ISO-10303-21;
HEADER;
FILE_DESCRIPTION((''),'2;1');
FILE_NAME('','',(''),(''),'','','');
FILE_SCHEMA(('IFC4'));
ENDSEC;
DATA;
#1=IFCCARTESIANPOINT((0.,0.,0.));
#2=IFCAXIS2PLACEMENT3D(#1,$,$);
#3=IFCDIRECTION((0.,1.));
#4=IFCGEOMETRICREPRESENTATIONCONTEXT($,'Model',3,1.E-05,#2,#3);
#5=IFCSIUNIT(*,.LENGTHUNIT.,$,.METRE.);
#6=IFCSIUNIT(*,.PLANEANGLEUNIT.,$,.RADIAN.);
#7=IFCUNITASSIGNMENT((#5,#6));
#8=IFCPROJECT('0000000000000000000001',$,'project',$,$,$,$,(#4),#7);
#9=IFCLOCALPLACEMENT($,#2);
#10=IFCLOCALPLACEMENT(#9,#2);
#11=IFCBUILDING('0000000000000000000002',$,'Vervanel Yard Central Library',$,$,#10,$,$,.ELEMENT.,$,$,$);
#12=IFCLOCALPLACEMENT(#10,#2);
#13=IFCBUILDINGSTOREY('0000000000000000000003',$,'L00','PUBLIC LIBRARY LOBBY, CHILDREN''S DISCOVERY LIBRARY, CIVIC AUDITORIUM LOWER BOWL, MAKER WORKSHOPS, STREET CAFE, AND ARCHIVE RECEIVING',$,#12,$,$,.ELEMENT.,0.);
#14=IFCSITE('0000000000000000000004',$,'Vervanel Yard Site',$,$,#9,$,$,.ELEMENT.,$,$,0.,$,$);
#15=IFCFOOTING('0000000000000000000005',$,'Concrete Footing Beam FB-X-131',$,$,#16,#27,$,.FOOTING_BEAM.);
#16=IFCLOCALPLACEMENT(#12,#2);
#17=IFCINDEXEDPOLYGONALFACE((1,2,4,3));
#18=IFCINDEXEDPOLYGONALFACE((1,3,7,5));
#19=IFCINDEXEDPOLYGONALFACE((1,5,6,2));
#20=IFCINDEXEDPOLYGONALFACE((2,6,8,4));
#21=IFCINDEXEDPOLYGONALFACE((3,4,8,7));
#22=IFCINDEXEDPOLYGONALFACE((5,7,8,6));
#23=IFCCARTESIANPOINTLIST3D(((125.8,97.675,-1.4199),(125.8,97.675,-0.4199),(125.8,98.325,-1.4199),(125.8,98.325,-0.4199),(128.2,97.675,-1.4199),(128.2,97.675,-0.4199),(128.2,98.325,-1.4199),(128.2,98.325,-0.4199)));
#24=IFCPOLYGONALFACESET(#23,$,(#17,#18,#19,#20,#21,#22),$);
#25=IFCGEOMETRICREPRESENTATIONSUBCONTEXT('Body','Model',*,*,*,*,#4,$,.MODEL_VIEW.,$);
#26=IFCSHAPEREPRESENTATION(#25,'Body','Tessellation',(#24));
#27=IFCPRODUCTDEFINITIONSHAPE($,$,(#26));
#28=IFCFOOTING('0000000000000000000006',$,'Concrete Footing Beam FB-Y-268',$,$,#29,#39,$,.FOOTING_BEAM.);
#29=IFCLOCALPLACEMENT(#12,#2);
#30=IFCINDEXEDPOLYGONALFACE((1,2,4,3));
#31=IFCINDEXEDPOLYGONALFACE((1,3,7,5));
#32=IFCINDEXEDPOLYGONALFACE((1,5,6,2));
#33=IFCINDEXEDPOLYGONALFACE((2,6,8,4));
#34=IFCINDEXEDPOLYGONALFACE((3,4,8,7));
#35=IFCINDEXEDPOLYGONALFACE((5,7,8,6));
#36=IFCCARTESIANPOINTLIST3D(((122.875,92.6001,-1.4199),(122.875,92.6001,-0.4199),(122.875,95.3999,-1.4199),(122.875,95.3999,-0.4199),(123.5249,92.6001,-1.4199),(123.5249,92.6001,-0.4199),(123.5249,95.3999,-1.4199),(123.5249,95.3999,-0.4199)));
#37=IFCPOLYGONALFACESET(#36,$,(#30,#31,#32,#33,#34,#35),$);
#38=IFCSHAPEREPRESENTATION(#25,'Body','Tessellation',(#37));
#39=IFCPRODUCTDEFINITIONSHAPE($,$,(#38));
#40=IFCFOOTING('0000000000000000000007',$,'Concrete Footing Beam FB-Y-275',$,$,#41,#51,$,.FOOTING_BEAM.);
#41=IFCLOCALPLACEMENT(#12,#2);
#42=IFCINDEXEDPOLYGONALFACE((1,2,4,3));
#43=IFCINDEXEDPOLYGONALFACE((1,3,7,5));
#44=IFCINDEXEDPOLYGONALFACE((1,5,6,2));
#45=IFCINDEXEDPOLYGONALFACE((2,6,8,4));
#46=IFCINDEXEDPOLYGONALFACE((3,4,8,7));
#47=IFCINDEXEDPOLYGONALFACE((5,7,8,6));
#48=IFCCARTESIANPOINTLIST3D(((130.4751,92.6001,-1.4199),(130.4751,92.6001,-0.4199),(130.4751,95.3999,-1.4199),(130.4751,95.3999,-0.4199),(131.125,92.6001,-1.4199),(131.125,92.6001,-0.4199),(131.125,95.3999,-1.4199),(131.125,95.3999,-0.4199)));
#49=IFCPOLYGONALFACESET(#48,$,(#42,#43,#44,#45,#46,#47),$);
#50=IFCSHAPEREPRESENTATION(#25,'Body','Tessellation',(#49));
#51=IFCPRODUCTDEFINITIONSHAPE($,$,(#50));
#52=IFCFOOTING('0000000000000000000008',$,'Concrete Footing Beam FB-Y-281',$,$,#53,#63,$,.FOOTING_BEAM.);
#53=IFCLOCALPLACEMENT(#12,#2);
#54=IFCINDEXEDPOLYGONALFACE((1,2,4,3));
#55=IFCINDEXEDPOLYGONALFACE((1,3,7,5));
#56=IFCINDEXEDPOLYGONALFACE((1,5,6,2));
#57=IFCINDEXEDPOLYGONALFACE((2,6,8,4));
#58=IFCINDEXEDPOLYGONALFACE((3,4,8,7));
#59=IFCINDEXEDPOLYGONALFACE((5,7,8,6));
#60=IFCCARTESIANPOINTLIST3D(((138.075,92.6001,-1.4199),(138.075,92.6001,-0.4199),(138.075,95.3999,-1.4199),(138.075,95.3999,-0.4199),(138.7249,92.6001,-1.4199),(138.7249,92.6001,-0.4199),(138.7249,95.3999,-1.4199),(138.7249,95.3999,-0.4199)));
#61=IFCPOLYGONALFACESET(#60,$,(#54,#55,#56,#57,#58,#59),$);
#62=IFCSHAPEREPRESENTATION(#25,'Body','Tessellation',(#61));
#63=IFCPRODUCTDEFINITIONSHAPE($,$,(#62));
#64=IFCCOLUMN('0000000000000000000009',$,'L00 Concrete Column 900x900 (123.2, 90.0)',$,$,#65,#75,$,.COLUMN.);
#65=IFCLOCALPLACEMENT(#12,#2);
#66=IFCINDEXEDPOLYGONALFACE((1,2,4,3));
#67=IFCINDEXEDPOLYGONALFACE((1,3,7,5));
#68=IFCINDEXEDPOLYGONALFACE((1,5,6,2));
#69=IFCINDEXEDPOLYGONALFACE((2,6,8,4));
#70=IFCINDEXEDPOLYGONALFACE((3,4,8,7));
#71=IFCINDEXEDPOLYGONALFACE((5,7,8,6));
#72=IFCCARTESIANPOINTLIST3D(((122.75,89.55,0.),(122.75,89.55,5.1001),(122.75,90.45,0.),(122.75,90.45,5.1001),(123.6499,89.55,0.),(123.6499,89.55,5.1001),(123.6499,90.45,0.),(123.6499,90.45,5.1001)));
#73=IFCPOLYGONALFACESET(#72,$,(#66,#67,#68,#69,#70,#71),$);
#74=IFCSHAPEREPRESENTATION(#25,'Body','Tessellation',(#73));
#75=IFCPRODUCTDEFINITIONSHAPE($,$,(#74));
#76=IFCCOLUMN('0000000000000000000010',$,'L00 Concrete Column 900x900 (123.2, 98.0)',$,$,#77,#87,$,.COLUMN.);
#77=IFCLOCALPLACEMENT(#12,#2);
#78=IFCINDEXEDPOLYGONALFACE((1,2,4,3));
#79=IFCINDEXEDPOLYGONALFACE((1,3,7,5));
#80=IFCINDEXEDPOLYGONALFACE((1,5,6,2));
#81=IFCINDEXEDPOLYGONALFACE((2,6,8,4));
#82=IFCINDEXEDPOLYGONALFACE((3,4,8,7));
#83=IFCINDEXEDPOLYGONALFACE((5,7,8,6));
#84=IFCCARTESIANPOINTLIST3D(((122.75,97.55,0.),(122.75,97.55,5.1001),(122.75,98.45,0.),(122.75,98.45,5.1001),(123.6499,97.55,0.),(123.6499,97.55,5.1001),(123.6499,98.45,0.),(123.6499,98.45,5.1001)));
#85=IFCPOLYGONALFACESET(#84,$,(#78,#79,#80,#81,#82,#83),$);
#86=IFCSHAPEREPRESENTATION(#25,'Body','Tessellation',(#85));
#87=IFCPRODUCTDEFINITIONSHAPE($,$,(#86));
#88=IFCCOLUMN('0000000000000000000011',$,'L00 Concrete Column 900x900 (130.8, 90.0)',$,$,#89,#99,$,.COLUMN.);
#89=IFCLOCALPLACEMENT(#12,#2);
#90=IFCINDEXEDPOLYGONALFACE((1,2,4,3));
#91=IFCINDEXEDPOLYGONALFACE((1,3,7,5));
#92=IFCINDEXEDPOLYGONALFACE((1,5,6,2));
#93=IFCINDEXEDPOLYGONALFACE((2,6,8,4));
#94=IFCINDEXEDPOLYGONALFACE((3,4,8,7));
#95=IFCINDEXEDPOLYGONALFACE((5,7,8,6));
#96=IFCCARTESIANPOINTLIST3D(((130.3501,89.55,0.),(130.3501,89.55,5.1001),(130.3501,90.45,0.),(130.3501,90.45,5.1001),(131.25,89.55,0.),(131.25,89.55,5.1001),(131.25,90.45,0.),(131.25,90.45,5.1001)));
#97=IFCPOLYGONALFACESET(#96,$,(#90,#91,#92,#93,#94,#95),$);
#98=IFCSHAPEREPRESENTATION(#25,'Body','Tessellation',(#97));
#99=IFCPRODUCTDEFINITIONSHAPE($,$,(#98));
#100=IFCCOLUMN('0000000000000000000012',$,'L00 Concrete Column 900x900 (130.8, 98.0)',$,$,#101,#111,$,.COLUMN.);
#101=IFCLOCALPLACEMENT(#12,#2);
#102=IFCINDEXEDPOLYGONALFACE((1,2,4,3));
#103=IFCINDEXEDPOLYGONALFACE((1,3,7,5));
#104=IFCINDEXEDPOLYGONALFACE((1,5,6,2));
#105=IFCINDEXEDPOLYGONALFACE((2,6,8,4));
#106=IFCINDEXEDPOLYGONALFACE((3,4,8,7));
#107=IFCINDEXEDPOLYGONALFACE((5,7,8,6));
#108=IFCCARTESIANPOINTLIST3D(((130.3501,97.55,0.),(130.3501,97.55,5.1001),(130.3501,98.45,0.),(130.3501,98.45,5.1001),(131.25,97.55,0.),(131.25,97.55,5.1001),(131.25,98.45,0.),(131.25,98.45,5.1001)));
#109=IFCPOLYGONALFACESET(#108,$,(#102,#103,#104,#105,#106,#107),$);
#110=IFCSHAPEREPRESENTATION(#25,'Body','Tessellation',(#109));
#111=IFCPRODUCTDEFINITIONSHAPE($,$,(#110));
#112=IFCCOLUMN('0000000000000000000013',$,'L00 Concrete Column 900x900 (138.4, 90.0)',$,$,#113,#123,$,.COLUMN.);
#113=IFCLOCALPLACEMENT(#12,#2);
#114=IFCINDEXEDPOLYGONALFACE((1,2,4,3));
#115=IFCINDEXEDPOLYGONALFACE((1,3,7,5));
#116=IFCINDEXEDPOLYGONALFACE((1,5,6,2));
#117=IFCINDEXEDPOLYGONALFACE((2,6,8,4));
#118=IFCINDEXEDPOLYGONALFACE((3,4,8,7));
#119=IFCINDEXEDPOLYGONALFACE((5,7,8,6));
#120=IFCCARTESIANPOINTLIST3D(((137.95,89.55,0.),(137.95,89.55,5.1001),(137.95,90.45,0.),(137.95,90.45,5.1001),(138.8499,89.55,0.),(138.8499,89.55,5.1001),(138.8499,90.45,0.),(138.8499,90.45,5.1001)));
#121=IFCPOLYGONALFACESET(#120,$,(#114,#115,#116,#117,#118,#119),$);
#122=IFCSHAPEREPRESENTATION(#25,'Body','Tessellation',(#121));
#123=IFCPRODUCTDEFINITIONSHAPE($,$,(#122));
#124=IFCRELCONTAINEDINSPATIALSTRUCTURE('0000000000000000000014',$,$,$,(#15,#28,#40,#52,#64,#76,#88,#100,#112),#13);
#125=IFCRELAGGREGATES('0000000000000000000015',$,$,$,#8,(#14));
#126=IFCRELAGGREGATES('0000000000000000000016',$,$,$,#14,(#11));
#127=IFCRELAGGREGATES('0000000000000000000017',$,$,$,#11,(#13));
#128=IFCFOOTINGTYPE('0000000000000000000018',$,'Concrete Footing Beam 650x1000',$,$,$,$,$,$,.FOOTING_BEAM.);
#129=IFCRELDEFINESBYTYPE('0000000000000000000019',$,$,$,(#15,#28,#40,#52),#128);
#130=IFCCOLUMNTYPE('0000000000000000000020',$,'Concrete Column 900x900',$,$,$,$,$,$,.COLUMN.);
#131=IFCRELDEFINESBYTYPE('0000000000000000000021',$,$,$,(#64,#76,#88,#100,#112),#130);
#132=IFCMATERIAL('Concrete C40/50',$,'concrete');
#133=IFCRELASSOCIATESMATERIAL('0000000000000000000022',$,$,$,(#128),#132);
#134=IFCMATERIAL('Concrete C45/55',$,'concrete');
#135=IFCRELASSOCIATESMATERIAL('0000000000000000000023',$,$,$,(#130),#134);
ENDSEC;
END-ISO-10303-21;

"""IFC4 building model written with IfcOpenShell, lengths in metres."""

from ifc_helpers import new_model, si_unit, direction, frame, origin, origin_2d, place, context, subcontext, project, spatial, rectangle, extrude, material, material_profile, profile_set, type_object, element, save


model = new_model("IFC4")

# Units and contexts
model_context = context("Model", 3, precision=1e-05, world=origin(), true_north=direction((0.0, 1.0)))
body_context = subcontext(model_context, "Body", "Model", "MODEL_VIEW")
ifc_project = project(units=[si_unit("LENGTHUNIT", "METRE"), si_unit("PLANEANGLEUNIT", "RADIAN")], contexts=[model_context])

# Site, building, storey
site_placement = place(None, origin())
site = spatial("IfcSite", under=ifc_project, at=site_placement, Name="Vervanel Yard Site", CompositionType="ELEMENT", RefElevation=0.0)
building_placement = place(site_placement, origin())
building = spatial("IfcBuilding", under=site, at=building_placement, Name="Vervanel Yard Central Library", CompositionType="ELEMENT")
storey_placement = place(building_placement, origin())
storey = spatial("IfcBuildingStorey", under=building, at=storey_placement, Name="L00", Description="PUBLIC LIBRARY LOBBY, CHILDREN'S DISCOVERY LIBRARY, CIVIC AUDITORIUM LOWER BOWL, MAKER WORKSHOPS, STREET CAFE, AND ARCHIVE RECEIVING", CompositionType="ELEMENT", Elevation=0.0)

# Shared definitions
ifc_material_1 = material(Name="Concrete C40/50", Category="concrete")

# Footings
ifc_material_profile_1 = material_profile(ifc_material_1, rectangle(XDim=0.6499, YDim=1.0, at=origin_2d()), Name="RC 650x1000", Category="concrete")
ifc_profile_set_1 = profile_set([ifc_material_profile_1], Name="Concrete C40/50")
footing_type_1 = type_object("IfcFootingType", Name="Concrete Footing Beam 650x1000", PredefinedType="FOOTING_BEAM", material=ifc_profile_set_1)
footing_1_placement = place(storey_placement, frame((125.8, 98.0, -0.9199), z_axis=(1.0, 0.0, 0.0), x_axis=(0.0, 1.0, 0.0)))
element("IfcFooting", 1, at=footing_1_placement, inside=storey, type_object=footing_type_1, Name="Concrete Footing Beam FB-X-131", PredefinedType="FOOTING_BEAM", context=body_context, shape_type="SweptSolid", body=[
    extrude(rectangle(XDim=0.6499, YDim=1.0, at=origin_2d()), origin(), (0.0, 0.0, 1.0), 2.3999),
])
for number, where, z_axis, x_axis, name in (
    (2, (123.2, 92.6001, -0.9199), (0.0, 1.0, 0.0), (-1.0, 0.0, 0.0), "Concrete Footing Beam FB-Y-268"),
    (3, (130.8, 92.6001, -0.9199), (0.0, 1.0, 0.0), (-1.0, 0.0, 0.0), "Concrete Footing Beam FB-Y-275"),
    (4, (138.3999, 92.6001, -0.9199), (0.0, 1.0, 0.0), (-1.0, 0.0, 0.0), "Concrete Footing Beam FB-Y-281"),
):
    element("IfcFooting", number, at=place(storey_placement, frame(where, z_axis=z_axis, x_axis=x_axis)), inside=storey, type_object=footing_type_1, Name=name, PredefinedType="FOOTING_BEAM", context=body_context, shape_type="SweptSolid", body=[
        extrude(rectangle(XDim=0.6499, YDim=1.0, at=origin_2d()), origin(), (0.0, 0.0, 1.0), 2.7998),
    ])

# Columns
ifc_material_2 = material(Name="Concrete C45/55", Category="concrete")
ifc_material_profile_2 = material_profile(ifc_material_2, rectangle(XDim=0.8999, YDim=0.8999, at=origin_2d()), Name="RC 900x900", Category="concrete")
ifc_profile_set_2 = profile_set([ifc_material_profile_2], Name="Concrete C45/55")
column_type = type_object("IfcColumnType", Name="Concrete Column 900x900", PredefinedType="COLUMN", material=ifc_profile_set_2)
for number, where, z_axis, x_axis, name in (
    (5, (123.2, 90.0, 0.0), (0.0, 0.0, 1.0), (1.0, 0.0, 0.0), "L00 Concrete Column 900x900 (123.2, 90.0)"),
    (6, (123.2, 98.0, 0.0), (0.0, 0.0, 1.0), (1.0, 0.0, 0.0), "L00 Concrete Column 900x900 (123.2, 98.0)"),
    (7, (130.8, 90.0, 0.0), (0.0, 0.0, 1.0), (1.0, 0.0, 0.0), "L00 Concrete Column 900x900 (130.8, 90.0)"),
    (8, (130.8, 98.0, 0.0), (0.0, 0.0, 1.0), (1.0, 0.0, 0.0), "L00 Concrete Column 900x900 (130.8, 98.0)"),
    (9, (138.3999, 90.0, 0.0), (0.0, 0.0, 1.0), (1.0, 0.0, 0.0), "L00 Concrete Column 900x900 (138.4, 90.0)"),
):
    element("IfcColumn", number, at=place(storey_placement, frame(where, z_axis=z_axis, x_axis=x_axis)), inside=storey, type_object=column_type, Name=name, PredefinedType="COLUMN", context=body_context, shape_type="SweptSolid", body=[
        extrude(rectangle(XDim=0.8999, YDim=0.8999, at=origin_2d()), origin(), (0.0, 0.0, 1.0), 5.1001),
    ])

save(model, "model.ifc")
